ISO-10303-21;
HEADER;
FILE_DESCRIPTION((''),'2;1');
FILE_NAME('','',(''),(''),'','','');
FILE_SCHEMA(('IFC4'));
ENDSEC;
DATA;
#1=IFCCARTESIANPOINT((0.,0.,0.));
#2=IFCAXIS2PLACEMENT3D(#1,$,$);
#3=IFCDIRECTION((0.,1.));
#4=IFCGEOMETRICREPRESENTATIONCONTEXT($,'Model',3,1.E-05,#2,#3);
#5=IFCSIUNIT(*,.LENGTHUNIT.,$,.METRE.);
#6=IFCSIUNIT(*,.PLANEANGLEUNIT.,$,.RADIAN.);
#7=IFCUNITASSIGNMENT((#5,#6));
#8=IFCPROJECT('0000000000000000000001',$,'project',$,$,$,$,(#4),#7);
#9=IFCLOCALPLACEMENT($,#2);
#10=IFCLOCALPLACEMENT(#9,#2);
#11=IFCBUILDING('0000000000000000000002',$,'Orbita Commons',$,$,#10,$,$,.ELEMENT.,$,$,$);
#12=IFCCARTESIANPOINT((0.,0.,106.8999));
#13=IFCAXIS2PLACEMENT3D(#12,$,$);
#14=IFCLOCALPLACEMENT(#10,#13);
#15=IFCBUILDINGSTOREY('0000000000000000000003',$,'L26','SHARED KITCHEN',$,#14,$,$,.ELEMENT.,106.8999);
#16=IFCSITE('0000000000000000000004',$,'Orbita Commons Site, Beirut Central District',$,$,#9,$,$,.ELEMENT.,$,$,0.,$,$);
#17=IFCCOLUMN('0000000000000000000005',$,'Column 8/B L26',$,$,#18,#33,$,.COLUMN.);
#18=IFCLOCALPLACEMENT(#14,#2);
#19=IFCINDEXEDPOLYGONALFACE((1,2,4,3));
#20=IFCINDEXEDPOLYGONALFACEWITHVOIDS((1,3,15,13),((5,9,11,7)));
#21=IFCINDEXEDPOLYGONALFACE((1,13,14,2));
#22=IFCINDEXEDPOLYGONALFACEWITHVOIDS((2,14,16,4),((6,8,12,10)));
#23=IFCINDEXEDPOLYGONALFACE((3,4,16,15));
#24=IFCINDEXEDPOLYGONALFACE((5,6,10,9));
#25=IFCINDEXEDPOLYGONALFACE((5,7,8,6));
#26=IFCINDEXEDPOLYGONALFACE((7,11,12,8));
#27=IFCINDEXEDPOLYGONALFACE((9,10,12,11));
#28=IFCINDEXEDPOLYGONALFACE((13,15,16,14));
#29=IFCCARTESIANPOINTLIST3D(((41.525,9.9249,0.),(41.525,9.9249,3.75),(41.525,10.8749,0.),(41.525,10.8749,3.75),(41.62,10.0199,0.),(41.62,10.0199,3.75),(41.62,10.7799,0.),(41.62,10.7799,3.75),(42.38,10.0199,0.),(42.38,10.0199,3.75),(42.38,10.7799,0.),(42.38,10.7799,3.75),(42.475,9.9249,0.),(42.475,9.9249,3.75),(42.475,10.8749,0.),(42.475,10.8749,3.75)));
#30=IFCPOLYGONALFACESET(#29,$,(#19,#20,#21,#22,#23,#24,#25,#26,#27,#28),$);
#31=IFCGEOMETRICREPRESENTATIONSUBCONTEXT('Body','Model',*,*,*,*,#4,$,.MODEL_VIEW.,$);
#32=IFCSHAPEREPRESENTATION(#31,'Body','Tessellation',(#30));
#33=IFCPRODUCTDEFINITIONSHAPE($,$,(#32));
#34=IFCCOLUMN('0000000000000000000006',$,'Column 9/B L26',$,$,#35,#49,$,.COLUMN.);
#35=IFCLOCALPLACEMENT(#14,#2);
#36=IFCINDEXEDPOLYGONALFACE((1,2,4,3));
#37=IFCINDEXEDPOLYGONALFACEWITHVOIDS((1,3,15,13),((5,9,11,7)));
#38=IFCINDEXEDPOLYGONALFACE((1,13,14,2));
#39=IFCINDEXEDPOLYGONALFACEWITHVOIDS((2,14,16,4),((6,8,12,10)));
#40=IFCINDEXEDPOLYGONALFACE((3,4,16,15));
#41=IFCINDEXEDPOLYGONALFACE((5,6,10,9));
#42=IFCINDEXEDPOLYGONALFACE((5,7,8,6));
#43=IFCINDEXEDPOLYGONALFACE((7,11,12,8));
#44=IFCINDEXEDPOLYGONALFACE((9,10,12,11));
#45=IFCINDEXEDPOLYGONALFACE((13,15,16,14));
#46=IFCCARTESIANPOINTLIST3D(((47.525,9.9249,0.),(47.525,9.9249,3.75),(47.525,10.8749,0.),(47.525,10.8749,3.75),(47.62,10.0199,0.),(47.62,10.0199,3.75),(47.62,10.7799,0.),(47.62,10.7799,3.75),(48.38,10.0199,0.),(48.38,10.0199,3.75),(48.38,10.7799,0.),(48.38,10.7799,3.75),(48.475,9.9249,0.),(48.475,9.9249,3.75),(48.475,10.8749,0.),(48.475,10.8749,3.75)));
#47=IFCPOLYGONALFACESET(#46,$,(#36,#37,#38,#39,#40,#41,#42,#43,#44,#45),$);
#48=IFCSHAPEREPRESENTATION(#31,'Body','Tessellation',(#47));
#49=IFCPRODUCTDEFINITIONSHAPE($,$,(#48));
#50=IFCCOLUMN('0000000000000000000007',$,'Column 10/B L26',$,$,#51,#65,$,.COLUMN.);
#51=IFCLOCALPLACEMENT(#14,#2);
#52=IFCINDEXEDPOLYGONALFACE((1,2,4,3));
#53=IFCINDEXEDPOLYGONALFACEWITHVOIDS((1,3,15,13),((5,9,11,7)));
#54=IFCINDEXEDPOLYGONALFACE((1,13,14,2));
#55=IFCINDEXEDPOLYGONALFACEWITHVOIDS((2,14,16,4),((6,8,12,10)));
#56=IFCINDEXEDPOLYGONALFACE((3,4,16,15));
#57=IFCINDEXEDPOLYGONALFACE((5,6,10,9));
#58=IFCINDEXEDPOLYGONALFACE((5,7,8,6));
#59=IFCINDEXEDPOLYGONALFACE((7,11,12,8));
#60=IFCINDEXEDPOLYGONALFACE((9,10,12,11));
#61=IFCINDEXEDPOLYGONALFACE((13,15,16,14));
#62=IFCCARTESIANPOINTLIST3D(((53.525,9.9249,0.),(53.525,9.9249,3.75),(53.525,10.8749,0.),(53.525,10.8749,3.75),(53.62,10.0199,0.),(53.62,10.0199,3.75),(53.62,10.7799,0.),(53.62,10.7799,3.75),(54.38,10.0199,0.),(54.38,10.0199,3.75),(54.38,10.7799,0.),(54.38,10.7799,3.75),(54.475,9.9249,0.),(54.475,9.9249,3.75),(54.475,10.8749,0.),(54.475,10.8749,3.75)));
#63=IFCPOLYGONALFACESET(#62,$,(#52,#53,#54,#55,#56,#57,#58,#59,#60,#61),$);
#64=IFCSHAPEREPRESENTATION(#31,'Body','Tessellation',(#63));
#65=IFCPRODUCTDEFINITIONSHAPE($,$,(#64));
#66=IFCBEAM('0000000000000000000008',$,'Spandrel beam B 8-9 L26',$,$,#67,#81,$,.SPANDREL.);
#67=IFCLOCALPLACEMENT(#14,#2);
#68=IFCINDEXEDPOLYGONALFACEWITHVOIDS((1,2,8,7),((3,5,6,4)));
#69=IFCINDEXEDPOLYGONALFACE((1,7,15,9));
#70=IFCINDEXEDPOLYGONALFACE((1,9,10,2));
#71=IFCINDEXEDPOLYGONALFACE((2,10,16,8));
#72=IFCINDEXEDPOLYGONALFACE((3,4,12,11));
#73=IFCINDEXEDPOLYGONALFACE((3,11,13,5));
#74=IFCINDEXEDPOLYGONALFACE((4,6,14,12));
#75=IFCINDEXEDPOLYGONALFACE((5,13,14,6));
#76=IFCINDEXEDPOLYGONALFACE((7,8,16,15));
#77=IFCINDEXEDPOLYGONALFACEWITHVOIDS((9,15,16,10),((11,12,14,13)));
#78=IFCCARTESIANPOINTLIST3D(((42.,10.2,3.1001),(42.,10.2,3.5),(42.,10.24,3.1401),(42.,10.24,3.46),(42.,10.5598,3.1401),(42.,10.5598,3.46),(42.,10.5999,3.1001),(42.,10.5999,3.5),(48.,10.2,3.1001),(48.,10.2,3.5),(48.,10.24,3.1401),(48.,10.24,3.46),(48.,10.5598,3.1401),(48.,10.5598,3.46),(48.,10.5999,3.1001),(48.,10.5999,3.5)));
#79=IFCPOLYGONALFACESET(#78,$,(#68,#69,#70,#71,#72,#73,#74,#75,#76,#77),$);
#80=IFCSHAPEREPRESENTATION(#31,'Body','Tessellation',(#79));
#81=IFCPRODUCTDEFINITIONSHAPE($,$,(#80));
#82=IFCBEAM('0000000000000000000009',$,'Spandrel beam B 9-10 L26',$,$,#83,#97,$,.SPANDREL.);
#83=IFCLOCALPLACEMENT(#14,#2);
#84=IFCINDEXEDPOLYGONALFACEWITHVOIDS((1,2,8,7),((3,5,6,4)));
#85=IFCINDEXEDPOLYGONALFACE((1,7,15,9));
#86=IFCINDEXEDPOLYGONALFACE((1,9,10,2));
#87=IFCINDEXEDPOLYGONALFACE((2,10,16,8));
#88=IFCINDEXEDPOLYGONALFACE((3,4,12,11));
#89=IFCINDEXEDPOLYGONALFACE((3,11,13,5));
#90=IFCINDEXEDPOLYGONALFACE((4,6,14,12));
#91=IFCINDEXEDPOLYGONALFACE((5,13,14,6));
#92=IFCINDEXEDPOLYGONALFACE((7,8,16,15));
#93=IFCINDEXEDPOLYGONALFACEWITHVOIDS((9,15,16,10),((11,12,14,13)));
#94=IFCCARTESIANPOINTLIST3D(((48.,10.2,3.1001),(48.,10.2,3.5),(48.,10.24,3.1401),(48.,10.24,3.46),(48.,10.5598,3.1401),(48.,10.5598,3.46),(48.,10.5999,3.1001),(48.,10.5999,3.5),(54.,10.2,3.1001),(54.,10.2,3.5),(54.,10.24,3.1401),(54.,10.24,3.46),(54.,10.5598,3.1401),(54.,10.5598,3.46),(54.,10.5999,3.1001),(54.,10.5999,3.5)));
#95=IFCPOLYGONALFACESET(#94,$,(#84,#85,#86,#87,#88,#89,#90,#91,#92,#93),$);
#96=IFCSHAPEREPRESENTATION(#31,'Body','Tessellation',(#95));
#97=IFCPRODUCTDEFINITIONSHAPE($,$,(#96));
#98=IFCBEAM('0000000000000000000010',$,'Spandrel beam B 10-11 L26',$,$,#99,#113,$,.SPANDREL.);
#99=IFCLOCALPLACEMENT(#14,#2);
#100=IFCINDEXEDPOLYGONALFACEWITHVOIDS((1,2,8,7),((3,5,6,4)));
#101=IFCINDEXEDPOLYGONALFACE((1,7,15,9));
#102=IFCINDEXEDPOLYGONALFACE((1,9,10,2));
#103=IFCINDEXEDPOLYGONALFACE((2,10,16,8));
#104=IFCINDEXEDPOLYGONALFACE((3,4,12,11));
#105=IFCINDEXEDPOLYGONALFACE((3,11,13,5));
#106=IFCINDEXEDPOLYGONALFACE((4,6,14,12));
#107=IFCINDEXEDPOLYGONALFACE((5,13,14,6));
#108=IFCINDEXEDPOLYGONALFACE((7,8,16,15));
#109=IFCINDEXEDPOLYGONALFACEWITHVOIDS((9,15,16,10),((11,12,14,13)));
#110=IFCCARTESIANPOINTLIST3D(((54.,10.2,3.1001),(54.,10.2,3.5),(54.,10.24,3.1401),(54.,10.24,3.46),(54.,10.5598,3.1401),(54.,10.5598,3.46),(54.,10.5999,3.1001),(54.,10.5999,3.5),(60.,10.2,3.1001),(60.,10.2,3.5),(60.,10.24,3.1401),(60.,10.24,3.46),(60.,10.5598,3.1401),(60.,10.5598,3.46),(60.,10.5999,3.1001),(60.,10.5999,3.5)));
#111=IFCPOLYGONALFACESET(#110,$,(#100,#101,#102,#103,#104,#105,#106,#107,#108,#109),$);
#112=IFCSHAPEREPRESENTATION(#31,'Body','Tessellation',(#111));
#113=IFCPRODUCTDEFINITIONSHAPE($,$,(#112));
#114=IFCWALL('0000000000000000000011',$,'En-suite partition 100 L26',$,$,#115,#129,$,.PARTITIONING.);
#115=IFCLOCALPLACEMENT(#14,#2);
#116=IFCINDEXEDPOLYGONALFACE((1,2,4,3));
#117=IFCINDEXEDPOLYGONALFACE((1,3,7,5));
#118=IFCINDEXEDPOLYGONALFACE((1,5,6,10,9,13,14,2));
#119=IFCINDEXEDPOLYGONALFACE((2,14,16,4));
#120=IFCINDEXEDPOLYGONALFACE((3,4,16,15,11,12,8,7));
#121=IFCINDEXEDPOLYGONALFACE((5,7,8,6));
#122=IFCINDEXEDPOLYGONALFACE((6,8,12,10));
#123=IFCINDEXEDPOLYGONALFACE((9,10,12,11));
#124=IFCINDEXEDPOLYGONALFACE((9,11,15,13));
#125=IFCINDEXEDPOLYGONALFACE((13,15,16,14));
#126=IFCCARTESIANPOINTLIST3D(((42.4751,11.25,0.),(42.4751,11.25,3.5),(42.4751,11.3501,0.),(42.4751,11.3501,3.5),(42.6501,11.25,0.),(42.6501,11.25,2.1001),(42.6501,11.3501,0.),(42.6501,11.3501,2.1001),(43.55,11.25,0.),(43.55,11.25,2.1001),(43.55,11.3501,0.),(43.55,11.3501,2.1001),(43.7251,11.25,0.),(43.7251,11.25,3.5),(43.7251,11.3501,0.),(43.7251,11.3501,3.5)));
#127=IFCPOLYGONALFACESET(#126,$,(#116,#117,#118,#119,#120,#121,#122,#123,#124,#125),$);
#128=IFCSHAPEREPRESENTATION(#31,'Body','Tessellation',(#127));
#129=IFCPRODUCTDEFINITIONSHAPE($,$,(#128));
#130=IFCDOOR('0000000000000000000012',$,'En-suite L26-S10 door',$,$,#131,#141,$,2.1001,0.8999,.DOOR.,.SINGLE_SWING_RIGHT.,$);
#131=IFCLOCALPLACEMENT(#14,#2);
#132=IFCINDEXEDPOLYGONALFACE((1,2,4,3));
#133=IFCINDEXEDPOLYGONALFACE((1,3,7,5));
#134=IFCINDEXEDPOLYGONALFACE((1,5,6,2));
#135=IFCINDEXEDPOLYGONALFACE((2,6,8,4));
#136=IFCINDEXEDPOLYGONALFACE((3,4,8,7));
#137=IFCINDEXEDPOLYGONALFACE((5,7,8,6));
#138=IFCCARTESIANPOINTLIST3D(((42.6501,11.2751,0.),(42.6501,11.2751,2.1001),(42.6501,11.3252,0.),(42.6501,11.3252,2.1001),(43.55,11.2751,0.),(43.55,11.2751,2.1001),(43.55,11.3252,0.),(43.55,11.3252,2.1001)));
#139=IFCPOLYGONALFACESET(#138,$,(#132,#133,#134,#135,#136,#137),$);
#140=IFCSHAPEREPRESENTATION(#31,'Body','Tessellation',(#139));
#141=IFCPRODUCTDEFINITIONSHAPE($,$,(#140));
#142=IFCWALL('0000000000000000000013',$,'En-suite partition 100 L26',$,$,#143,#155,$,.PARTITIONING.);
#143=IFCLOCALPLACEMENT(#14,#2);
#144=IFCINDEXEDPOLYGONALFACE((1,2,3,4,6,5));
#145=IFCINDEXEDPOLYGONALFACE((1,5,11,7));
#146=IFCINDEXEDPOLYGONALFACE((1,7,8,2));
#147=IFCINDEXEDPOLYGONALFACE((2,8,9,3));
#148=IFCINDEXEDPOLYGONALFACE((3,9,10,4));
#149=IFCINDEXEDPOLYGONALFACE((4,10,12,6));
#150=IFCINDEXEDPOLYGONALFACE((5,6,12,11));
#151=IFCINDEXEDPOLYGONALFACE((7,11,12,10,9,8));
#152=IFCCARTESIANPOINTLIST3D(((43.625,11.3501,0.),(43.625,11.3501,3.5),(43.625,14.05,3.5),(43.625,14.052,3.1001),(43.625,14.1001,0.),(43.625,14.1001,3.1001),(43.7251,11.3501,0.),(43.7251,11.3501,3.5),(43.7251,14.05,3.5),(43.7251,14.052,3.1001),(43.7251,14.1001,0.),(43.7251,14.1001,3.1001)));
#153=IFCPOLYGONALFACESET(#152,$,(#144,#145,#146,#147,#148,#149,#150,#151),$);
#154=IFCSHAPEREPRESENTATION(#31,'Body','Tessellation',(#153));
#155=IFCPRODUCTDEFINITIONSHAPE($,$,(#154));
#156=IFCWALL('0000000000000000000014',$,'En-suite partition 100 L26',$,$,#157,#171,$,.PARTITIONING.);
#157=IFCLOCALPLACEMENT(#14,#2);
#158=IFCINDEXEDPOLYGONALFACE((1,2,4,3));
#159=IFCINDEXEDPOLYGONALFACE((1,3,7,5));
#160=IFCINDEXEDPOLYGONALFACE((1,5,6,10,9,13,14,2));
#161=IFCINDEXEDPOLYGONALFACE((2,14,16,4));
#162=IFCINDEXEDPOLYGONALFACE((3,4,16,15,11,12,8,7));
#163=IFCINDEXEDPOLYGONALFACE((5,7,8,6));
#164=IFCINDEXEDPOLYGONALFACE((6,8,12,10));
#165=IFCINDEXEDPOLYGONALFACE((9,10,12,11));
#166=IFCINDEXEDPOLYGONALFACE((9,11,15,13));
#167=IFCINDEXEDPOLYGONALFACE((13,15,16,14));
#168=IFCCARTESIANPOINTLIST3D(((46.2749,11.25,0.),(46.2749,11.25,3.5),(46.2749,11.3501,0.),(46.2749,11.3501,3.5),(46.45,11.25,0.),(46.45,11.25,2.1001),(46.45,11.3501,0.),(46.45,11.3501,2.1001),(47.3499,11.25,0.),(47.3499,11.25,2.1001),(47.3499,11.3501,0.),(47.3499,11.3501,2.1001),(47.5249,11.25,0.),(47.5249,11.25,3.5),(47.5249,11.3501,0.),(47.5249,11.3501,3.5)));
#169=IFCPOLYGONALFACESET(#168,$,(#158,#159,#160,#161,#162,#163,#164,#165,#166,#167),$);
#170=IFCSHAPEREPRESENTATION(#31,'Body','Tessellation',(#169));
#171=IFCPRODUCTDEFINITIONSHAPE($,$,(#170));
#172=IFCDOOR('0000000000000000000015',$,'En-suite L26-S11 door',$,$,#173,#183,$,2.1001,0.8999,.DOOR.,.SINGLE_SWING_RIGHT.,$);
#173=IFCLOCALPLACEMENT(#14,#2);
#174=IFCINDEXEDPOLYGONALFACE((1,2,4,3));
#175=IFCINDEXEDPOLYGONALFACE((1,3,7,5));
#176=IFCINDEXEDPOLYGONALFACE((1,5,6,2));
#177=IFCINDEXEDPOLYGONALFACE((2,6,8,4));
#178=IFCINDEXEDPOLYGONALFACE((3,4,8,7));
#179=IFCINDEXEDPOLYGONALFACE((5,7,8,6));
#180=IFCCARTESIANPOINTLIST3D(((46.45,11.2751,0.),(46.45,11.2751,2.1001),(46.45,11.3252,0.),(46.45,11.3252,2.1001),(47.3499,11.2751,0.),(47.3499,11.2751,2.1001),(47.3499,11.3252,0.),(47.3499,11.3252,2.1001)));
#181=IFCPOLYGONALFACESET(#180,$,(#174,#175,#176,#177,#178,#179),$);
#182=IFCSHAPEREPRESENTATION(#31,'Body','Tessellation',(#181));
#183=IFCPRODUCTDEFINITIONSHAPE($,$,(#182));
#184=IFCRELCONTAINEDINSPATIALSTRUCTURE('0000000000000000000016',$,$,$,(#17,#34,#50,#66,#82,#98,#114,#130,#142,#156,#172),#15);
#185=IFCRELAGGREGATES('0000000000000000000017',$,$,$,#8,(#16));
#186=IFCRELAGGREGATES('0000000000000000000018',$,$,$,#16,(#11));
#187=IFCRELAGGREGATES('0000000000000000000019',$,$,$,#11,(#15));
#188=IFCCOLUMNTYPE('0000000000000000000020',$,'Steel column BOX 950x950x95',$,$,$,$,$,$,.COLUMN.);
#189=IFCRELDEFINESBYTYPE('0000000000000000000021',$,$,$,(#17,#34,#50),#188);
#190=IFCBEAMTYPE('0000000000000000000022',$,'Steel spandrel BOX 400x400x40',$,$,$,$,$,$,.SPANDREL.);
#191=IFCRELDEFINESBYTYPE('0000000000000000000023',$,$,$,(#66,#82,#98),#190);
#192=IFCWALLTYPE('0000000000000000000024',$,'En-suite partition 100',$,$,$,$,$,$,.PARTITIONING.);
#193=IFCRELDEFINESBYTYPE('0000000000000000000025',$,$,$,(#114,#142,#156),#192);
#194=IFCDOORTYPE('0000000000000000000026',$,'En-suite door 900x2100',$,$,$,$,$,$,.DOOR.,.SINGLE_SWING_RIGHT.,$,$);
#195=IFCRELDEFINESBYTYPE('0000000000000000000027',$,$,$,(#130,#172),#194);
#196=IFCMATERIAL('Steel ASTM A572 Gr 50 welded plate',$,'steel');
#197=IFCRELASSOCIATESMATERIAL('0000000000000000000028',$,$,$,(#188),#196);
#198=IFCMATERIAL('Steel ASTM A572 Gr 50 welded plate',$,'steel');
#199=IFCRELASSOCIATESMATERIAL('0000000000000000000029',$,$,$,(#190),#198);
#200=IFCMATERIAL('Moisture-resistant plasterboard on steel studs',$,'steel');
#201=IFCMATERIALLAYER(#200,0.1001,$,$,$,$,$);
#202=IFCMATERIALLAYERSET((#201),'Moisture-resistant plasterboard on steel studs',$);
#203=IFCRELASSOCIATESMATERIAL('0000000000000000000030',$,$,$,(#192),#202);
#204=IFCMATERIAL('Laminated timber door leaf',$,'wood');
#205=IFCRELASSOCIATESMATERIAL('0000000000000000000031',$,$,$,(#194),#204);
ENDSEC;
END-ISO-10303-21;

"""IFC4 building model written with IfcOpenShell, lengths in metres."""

from ifc_helpers import new_model, si_unit, direction, frame, frame_2d, origin, origin_2d, place, context, subcontext, project, spatial, polyline, rectangle, hollow_rectangle, outline, extrude, material, layer, layer_set, material_profile, profile_set, type_object, element, fill, save


model = new_model("IFC4")

# Units and contexts
model_context = context("Model", 3, precision=1e-05, world=origin(), true_north=direction((0.0, 1.0)))
body_context = subcontext(model_context, "Body", "Model", "MODEL_VIEW")
ifc_project = project(units=[si_unit("LENGTHUNIT", "METRE"), si_unit("PLANEANGLEUNIT", "RADIAN")], contexts=[model_context])

# Site, building, storey
site_placement = place(None, origin())
site = spatial("IfcSite", under=ifc_project, at=site_placement, Name="Orbita Commons Site, Beirut Central District", CompositionType="ELEMENT", RefElevation=0.0)
building_placement = place(site_placement, origin())
building = spatial("IfcBuilding", under=site, at=building_placement, Name="Orbita Commons", CompositionType="ELEMENT")
storey_placement = place(building_placement, frame((0.0, 0.0, 106.8999)))
storey = spatial("IfcBuildingStorey", under=building, at=storey_placement, Name="L26", Description="SHARED KITCHEN", CompositionType="ELEMENT", Elevation=106.8999)

# Columns
ifc_material_1 = material(Name="Steel ASTM A572 Gr 50 welded plate", Category="steel")
ifc_material_profile_1 = material_profile(ifc_material_1, hollow_rectangle(XDim=0.95, YDim=0.95, WallThickness=0.095, at=origin_2d()), Name="BOX 950x950x95")
ifc_profile_set_1 = profile_set([ifc_material_profile_1], Name="Steel ASTM A572 Gr 50 welded plate")
column_type = type_object("IfcColumnType", Name="Steel column BOX 950x950x95", PredefinedType="COLUMN", material=ifc_profile_set_1)
for number, where, z_axis, x_axis, name in (
    (1, (42.0, 10.3999, 0.0), (0.0, 0.0, 1.0), (1.0, 0.0, 0.0), "Column 8/B L26"),
    (2, (48.0, 10.3999, 0.0), (0.0, 0.0, 1.0), (1.0, 0.0, 0.0), "Column 9/B L26"),
    (3, (54.0, 10.3999, 0.0), (0.0, 0.0, 1.0), (1.0, 0.0, 0.0), "Column 10/B L26"),
):
    element("IfcColumn", number, at=place(storey_placement, frame(where, z_axis=z_axis, x_axis=x_axis)), inside=storey, type_object=column_type, Name=name, PredefinedType="COLUMN", context=body_context, shape_type="SweptSolid", body=[
        extrude(hollow_rectangle(XDim=0.95, YDim=0.95, WallThickness=0.095, at=origin_2d()), origin(), (0.0, 0.0, 1.0), 3.75),
    ])

# Beams
ifc_material_2 = material(Name="Steel ASTM A572 Gr 50 welded plate", Category="steel")
ifc_material_profile_2 = material_profile(ifc_material_2, hollow_rectangle(XDim=0.3999, YDim=0.3999, WallThickness=0.04, at=origin_2d()), Name="BOX 400x400x40")
ifc_profile_set_2 = profile_set([ifc_material_profile_2], Name="Steel ASTM A572 Gr 50 welded plate")
beam_type = type_object("IfcBeamType", Name="Steel spandrel BOX 400x400x40", PredefinedType="SPANDREL", material=ifc_profile_set_2)
for number, where, z_axis, x_axis, name in (
    (4, (42.0, 10.3999, 3.3), (1.0, 0.0, 0.0), (0.0, 1.0, 0.0), "Spandrel beam B 8-9 L26"),
    (5, (48.0, 10.3999, 3.3), (1.0, 0.0, 0.0), (0.0, 1.0, 0.0), "Spandrel beam B 9-10 L26"),
    (6, (54.0, 10.3999, 3.3), (1.0, 0.0, 0.0), (0.0, 1.0, 0.0), "Spandrel beam B 10-11 L26"),
):
    element("IfcBeam", number, at=place(storey_placement, frame(where, z_axis=z_axis, x_axis=x_axis)), inside=storey, type_object=beam_type, Name=name, PredefinedType="SPANDREL", context=body_context, shape_type="SweptSolid", body=[
        extrude(hollow_rectangle(XDim=0.3999, YDim=0.3999, WallThickness=0.04, at=origin_2d()), origin(), (0.0, 0.0, 1.0), 6.0),
    ])

# Wall, opening, door
ifc_material_3 = material(Name="Moisture-resistant plasterboard on steel studs", Category="steel")
ifc_layer = layer(ifc_material_3, 0.1001)
ifc_layer_set = layer_set([ifc_layer], Name="Moisture-resistant plasterboard on steel studs")
wall_type = type_object("IfcWallType", Name="En-suite partition 100", PredefinedType="PARTITIONING", material=ifc_layer_set)
wall_1_placement = place(storey_placement, frame((43.7251, 11.3, 0.0), z_axis=(0.0, 0.0, 1.0), x_axis=(-1.0, 0.0, 0.0)))
wall_1 = element("IfcWall", 7, at=wall_1_placement, inside=storey, type_object=wall_type, Name="En-suite partition 100 L26", PredefinedType="PARTITIONING", context=body_context, shape_type="SweptSolid", body=[
    extrude(rectangle(XDim=1.25, YDim=0.1001, at=frame_2d((0.625, 0.0))), origin(), (0.0, 0.0, 1.0), 3.5),
])
opening_1_placement = place(wall_1_placement, frame((0.175, 0.0, 0.0)))
opening_1 = element("IfcOpeningElement", 8, at=opening_1_placement, cuts=wall_1, PredefinedType="OPENING", context=body_context, shape_type="SweptSolid", body=[
    extrude(rectangle(XDim=0.8999, YDim=2.1001, at=frame_2d((0.45, 1.05))), frame((0.0, 0.0601, 0.0), z_axis=(0.0, -1.0, 0.0), x_axis=(1.0, 0.0, 0.0)), (0.0, 0.0, 1.0), 0.1201),
])
ifc_material_4 = material(Name="Laminated timber door leaf", Category="wood")
door_type = type_object("IfcDoorType", Name="En-suite door 900x2100", OperationType="SINGLE_SWING_RIGHT", PredefinedType="DOOR", material=ifc_material_4)
door_1_placement = place(opening_1_placement, origin())
door_1 = element("IfcDoor", 9, at=door_1_placement, inside=storey, type_object=door_type, Name="En-suite L26-S10 door", OperationType="SINGLE_SWING_RIGHT", OverallHeight=2.1001, OverallWidth=0.8999, PredefinedType="DOOR", context=body_context, shape_type="SweptSolid", body=[
    extrude(rectangle(XDim=0.8999, YDim=2.1001, at=frame_2d((0.45, 1.05))), frame((0.0, 0.0249, 0.0), z_axis=(0.0, -1.0, 0.0), x_axis=(1.0, 0.0, 0.0)), (0.0, 0.0, 1.0), 0.05),
])
fill(opening_1, door_1)

# Wall
wall_2_placement = place(storey_placement, frame((43.675, 11.3501, 0.0), z_axis=(0.0, 0.0, 1.0), x_axis=(0.0, 1.0, 0.0)))
element("IfcWall", 10, at=wall_2_placement, inside=storey, type_object=wall_type, Name="En-suite partition 100 L26", PredefinedType="PARTITIONING", context=body_context, shape_type="SweptSolid", body=[
    extrude(outline(polyline([(0.0, 0.0), (2.75, 0.0), (2.75, 3.1001), (2.7019, 3.1001), (2.7, 3.5), (0.0, 3.5), (0.0, 0.0)])), frame((0.0, 0.05, 0.0), z_axis=(0.0, -1.0, 0.0), x_axis=(1.0, 0.0, 0.0)), (0.0, 0.0, 1.0), 0.1001),
])

# Wall, opening, door
wall_3_placement = place(storey_placement, frame((47.5249, 11.3, 0.0), z_axis=(0.0, 0.0, 1.0), x_axis=(-1.0, 0.0, 0.0)))
wall_3 = element("IfcWall", 11, at=wall_3_placement, inside=storey, type_object=wall_type, Name="En-suite partition 100 L26", PredefinedType="PARTITIONING", context=body_context, shape_type="SweptSolid", body=[
    extrude(rectangle(XDim=1.25, YDim=0.1001, at=frame_2d((0.625, 0.0))), origin(), (0.0, 0.0, 1.0), 3.5),
])
opening_2_placement = place(wall_3_placement, frame((0.175, 0.0, 0.0)))
opening_2 = element("IfcOpeningElement", 12, at=opening_2_placement, cuts=wall_3, PredefinedType="OPENING", context=body_context, shape_type="SweptSolid", body=[
    extrude(rectangle(XDim=0.8999, YDim=2.1001, at=frame_2d((0.45, 1.05))), frame((0.0, 0.0601, 0.0), z_axis=(0.0, -1.0, 0.0), x_axis=(1.0, 0.0, 0.0)), (0.0, 0.0, 1.0), 0.1201),
])
door_2_placement = place(opening_2_placement, origin())
door_2 = element("IfcDoor", 13, at=door_2_placement, inside=storey, type_object=door_type, Name="En-suite L26-S11 door", OperationType="SINGLE_SWING_RIGHT", OverallHeight=2.1001, OverallWidth=0.8999, PredefinedType="DOOR", context=body_context, shape_type="SweptSolid", body=[
    extrude(rectangle(XDim=0.8999, YDim=2.1001, at=frame_2d((0.45, 1.05))), frame((0.0, 0.0249, 0.0), z_axis=(0.0, -1.0, 0.0), x_axis=(1.0, 0.0, 0.0)), (0.0, 0.0, 1.0), 0.05),
])
fill(opening_2, door_2)

save(model, "model.ifc")
